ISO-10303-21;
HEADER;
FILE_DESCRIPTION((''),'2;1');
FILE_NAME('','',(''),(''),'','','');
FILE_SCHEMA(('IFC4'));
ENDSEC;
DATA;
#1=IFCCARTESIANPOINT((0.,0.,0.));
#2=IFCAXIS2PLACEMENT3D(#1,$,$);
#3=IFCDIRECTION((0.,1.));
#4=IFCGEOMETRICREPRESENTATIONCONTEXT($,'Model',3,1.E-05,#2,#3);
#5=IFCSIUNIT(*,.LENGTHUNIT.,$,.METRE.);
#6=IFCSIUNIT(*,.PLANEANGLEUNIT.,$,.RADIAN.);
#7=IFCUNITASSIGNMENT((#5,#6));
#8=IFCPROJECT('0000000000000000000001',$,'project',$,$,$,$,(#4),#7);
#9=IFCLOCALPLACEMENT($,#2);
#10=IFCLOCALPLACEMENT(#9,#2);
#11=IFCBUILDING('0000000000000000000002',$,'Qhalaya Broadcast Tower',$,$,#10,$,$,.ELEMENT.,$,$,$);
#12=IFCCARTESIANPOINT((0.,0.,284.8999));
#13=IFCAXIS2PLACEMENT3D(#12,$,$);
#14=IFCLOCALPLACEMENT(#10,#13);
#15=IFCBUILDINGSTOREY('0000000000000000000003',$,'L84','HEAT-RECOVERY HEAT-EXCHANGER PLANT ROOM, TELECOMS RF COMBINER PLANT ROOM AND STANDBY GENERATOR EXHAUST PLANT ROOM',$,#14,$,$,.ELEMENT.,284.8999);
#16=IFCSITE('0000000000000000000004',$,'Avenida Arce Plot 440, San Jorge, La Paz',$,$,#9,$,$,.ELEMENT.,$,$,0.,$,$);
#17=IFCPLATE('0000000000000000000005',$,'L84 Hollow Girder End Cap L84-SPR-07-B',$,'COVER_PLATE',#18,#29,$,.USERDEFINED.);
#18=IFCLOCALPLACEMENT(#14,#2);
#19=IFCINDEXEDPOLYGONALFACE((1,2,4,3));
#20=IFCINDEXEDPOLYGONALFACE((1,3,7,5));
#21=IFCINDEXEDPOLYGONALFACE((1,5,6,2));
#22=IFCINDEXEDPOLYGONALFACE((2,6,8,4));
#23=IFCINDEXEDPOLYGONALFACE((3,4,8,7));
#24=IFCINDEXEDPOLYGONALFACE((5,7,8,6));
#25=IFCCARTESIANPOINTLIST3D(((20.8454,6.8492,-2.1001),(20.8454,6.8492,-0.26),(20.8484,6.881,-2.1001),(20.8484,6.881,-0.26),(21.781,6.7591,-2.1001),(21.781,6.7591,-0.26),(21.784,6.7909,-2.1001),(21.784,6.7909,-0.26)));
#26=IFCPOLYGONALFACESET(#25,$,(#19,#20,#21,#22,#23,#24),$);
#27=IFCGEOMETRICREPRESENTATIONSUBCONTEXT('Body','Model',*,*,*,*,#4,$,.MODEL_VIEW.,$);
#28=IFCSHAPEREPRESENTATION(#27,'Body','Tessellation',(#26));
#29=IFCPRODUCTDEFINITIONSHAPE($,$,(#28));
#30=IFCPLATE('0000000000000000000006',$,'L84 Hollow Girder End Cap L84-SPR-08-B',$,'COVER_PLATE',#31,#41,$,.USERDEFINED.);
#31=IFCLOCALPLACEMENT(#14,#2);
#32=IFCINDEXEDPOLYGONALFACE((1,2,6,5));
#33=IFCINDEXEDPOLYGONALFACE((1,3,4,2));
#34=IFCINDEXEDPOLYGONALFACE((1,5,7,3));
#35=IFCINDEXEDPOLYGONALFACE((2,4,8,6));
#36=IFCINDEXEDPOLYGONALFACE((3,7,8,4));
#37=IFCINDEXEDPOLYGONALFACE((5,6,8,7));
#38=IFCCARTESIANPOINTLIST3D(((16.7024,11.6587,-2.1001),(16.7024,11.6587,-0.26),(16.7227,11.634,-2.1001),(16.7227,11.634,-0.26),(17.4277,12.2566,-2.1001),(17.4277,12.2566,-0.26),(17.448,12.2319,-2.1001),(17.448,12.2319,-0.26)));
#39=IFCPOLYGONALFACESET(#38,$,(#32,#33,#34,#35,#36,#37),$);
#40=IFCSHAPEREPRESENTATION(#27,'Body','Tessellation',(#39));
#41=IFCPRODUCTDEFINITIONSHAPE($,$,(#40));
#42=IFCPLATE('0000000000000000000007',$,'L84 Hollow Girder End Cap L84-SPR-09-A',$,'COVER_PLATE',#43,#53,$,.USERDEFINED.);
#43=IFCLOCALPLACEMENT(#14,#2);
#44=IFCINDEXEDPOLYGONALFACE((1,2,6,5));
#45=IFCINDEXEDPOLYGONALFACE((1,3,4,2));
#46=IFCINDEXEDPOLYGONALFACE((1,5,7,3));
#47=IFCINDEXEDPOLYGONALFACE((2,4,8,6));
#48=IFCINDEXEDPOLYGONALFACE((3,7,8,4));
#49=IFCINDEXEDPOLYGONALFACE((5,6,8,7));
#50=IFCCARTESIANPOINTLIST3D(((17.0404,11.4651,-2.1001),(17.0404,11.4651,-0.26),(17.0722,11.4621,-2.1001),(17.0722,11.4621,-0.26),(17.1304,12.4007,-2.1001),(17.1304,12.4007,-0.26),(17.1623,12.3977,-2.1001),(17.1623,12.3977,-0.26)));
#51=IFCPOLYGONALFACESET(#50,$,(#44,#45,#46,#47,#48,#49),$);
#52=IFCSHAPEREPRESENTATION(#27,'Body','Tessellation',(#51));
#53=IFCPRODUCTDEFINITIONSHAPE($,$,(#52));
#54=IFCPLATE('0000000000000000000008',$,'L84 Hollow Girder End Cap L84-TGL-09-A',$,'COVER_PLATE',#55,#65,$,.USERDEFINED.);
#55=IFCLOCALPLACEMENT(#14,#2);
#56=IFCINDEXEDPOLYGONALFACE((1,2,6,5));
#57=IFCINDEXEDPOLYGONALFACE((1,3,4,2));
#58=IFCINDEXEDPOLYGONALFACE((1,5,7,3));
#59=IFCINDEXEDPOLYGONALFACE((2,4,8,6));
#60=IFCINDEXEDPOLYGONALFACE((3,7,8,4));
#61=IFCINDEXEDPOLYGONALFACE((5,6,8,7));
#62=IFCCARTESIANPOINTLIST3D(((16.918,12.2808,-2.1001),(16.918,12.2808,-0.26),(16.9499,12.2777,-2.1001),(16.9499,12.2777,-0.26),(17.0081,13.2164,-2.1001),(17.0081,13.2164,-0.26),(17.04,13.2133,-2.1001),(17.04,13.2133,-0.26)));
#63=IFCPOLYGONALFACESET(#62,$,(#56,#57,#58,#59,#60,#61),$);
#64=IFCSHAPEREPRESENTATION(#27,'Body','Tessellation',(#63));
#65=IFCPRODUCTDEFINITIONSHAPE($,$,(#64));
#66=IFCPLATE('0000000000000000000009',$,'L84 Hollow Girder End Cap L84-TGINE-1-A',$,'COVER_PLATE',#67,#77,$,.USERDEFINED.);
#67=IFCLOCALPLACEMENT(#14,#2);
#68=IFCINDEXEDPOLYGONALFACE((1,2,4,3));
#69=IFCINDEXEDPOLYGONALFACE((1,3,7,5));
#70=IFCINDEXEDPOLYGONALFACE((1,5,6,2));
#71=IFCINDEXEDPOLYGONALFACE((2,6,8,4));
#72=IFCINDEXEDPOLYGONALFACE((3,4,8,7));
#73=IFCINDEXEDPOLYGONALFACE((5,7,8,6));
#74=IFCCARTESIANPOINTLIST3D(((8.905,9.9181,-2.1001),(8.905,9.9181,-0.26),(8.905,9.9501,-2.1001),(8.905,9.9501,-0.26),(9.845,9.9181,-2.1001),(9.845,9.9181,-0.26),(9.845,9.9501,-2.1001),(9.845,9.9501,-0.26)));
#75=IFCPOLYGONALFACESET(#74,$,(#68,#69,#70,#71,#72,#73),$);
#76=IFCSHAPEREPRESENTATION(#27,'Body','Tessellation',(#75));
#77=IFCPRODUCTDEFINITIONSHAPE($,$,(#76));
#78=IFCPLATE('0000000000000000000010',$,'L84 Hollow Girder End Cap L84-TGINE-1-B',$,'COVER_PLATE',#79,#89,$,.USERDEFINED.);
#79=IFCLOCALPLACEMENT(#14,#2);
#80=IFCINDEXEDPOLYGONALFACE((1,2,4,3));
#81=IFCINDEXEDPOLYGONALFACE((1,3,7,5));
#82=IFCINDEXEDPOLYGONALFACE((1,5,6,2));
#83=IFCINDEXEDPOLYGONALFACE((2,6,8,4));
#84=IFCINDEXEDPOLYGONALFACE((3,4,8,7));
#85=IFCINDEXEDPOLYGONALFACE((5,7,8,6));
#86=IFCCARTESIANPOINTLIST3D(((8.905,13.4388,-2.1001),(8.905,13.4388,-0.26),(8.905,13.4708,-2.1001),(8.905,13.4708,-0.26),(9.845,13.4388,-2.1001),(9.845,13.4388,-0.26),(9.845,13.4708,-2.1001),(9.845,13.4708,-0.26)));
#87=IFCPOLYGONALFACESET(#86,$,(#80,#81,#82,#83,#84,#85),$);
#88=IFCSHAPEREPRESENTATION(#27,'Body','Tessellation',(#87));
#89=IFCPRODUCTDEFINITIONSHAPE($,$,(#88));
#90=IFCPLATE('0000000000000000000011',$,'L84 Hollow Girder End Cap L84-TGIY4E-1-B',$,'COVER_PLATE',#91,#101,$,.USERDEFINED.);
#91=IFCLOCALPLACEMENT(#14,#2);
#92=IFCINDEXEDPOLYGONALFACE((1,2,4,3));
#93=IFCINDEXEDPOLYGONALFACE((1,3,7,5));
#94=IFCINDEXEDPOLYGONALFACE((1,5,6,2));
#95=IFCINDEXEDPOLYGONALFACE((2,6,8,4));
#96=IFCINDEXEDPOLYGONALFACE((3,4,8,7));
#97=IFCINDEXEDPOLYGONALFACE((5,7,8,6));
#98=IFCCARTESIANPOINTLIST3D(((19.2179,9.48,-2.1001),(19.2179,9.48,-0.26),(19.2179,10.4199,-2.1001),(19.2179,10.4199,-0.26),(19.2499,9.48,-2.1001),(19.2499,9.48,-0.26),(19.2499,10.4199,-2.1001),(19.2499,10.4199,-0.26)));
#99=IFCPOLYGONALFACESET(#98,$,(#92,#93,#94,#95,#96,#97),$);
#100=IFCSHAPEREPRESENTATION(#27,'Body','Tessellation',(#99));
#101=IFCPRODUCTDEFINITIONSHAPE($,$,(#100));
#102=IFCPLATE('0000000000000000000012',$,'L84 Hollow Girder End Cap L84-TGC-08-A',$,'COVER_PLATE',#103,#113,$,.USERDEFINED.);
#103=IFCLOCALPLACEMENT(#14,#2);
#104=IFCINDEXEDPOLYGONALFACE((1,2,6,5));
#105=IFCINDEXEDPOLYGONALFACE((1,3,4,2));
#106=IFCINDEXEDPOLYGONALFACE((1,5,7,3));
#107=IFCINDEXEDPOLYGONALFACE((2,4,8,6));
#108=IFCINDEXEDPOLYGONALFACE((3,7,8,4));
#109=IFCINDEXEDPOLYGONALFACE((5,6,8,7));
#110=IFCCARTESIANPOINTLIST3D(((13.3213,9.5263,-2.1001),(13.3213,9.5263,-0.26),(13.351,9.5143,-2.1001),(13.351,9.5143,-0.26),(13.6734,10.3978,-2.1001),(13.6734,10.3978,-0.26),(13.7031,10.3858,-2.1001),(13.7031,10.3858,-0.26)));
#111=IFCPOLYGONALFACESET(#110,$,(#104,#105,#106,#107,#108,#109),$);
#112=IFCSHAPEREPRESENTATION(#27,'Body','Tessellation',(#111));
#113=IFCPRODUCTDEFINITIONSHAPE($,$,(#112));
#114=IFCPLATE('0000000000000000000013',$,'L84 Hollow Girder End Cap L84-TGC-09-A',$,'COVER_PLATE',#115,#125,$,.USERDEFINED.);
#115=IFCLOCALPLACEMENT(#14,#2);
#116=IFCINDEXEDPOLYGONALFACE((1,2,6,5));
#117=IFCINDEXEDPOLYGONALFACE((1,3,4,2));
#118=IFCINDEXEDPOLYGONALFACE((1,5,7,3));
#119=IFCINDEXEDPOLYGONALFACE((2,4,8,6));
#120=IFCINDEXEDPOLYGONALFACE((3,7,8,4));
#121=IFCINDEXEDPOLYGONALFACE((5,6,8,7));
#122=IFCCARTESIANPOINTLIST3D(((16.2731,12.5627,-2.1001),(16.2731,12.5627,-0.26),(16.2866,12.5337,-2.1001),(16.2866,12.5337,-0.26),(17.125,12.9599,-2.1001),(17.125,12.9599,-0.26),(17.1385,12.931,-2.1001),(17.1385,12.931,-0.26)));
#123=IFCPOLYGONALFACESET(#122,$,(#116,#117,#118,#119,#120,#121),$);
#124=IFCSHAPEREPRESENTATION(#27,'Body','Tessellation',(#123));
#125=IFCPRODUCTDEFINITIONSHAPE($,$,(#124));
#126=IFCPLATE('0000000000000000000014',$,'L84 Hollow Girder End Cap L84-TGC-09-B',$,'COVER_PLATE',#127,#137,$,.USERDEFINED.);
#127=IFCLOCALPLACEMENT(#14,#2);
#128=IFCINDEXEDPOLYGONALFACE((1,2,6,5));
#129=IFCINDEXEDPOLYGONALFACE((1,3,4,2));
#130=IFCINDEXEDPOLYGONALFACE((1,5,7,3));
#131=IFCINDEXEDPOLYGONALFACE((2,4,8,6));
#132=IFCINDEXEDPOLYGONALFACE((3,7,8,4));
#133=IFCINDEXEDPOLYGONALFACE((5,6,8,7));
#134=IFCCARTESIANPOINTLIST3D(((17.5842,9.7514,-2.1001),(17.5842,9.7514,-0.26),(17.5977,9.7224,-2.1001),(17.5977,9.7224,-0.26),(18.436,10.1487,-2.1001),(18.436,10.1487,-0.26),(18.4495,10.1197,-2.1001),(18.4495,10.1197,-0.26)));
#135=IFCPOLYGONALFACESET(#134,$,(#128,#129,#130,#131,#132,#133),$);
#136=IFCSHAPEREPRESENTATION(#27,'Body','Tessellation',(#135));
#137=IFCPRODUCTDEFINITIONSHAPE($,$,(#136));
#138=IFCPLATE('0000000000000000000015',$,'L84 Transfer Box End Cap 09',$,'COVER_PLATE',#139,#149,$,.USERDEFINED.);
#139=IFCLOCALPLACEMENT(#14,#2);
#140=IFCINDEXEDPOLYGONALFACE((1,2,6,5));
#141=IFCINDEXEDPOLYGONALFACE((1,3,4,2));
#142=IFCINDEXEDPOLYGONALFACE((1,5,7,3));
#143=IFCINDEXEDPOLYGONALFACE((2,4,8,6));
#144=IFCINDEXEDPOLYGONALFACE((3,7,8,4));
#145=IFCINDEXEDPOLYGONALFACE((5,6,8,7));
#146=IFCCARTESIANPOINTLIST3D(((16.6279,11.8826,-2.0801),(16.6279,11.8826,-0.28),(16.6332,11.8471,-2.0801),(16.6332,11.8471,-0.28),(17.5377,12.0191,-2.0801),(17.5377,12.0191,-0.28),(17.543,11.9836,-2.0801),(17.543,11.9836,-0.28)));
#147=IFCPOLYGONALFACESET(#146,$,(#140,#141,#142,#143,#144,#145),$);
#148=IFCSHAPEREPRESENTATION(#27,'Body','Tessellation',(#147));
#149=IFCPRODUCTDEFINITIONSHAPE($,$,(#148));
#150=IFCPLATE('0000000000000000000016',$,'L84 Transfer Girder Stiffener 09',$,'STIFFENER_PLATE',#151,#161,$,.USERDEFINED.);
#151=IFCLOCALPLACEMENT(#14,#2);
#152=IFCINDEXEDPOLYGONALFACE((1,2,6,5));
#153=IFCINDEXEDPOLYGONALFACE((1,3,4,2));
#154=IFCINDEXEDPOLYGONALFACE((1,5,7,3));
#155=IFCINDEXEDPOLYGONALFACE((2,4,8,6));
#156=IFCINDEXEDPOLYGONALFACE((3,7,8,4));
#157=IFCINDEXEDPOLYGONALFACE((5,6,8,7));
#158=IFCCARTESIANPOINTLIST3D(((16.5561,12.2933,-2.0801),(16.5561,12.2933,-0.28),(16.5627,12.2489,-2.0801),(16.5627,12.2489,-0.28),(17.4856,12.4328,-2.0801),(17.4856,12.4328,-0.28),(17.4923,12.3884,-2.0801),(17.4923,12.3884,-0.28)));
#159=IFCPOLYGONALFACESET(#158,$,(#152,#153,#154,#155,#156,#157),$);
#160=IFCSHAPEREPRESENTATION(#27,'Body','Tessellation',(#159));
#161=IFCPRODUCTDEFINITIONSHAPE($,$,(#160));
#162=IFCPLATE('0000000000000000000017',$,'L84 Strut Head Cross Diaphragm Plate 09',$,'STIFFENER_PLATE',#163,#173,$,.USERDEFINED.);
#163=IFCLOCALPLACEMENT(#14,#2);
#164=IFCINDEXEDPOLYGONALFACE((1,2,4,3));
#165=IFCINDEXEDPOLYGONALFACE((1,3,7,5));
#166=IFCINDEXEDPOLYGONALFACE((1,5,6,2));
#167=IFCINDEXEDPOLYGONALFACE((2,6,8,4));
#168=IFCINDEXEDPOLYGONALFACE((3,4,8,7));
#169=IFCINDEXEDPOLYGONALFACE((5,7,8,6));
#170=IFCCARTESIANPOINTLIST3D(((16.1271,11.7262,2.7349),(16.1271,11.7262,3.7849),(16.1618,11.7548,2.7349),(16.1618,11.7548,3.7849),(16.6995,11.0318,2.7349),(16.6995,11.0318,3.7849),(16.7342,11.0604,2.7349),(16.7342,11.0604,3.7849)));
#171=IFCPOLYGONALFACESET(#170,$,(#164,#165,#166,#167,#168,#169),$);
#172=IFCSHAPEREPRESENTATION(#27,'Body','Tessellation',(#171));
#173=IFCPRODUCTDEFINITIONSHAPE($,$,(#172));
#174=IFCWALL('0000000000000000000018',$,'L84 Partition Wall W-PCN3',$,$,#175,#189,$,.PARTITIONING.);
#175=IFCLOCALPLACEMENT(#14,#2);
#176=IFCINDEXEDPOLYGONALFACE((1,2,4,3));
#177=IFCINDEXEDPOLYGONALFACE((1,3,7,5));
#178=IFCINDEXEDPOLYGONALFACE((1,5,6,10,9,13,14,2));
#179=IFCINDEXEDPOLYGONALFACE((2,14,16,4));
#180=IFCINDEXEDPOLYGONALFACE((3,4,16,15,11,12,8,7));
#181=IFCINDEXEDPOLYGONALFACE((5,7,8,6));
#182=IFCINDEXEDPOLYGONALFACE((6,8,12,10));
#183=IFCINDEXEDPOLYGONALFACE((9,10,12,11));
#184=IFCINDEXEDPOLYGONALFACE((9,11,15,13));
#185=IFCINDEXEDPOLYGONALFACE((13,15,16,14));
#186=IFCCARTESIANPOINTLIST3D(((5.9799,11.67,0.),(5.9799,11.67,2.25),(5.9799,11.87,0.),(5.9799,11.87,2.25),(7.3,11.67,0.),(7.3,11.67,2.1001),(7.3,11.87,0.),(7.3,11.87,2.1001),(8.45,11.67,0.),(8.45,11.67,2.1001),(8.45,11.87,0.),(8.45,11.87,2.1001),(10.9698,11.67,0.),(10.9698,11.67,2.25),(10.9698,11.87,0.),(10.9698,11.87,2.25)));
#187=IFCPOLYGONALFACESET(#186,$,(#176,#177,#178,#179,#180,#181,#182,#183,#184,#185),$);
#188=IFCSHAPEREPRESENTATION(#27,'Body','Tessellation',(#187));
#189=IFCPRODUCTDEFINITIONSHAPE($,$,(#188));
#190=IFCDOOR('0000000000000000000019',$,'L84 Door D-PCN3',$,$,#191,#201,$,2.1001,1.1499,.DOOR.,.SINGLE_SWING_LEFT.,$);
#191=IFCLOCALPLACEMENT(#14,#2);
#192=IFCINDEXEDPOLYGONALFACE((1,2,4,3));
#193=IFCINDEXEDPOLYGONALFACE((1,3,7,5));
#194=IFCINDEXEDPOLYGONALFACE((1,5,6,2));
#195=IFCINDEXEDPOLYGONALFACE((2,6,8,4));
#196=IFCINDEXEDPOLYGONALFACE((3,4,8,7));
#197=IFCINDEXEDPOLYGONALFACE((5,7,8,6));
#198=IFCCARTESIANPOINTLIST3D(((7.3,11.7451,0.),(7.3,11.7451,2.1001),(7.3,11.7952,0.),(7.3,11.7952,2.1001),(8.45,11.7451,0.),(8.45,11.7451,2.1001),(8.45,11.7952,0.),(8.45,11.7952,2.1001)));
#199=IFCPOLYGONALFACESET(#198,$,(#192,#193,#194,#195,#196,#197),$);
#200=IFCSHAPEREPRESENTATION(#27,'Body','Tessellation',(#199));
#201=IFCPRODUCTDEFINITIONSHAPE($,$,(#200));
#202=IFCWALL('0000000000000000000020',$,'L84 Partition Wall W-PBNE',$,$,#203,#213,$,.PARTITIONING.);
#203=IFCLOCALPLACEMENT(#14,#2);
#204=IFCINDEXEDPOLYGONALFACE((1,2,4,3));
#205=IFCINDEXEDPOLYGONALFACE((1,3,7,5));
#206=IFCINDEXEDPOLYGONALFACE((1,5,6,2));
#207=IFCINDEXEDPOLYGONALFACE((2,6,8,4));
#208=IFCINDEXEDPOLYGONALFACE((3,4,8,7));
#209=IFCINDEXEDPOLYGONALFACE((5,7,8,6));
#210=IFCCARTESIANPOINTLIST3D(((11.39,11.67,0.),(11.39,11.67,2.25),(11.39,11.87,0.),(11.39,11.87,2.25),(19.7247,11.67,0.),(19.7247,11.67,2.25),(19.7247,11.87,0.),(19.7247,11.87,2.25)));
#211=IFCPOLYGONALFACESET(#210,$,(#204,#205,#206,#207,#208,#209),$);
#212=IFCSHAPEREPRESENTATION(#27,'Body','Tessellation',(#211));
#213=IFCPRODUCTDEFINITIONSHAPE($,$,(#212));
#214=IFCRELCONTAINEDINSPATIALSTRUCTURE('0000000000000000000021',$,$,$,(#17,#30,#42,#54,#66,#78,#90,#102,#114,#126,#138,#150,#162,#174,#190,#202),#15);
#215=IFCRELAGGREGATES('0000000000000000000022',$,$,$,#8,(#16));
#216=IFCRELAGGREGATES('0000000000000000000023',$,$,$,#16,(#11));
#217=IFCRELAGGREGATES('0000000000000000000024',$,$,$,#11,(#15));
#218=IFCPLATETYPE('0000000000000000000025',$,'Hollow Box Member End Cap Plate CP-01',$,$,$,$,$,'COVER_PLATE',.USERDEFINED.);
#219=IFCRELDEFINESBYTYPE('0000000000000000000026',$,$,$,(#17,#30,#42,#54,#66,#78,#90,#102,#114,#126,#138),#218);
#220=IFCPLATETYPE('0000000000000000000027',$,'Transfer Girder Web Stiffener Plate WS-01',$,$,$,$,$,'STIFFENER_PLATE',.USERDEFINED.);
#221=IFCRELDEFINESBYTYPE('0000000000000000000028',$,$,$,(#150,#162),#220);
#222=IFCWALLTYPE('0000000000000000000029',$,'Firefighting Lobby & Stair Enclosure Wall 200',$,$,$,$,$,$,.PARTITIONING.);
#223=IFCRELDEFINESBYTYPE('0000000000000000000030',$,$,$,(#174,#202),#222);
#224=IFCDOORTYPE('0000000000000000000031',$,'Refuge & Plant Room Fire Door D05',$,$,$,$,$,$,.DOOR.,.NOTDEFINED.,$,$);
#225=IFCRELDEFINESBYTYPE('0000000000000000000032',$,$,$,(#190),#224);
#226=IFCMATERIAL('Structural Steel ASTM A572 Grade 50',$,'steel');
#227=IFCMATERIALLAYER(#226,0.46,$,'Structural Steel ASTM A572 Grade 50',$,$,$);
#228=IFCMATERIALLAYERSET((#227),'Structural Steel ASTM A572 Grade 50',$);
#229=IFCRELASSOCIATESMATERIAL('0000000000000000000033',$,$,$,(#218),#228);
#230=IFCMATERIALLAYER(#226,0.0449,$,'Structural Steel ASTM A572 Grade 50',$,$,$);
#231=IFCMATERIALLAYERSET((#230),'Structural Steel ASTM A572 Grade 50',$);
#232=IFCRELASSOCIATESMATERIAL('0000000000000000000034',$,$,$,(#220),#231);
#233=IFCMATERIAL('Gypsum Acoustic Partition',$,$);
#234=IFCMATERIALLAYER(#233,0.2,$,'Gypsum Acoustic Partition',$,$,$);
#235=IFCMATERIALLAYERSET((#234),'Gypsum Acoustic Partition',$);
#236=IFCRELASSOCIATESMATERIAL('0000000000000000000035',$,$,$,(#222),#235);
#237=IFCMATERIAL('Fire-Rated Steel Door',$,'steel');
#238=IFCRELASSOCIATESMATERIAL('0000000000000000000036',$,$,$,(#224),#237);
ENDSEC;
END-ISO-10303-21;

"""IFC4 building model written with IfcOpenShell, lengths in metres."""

from ifc_helpers import new_model, si_unit, direction, frame, frame_2d, origin, origin_2d, place, context, subcontext, project, spatial, rectangle, extrude, material, layer, layer_set, type_object, element, fill, save


model = new_model("IFC4")

# Units and contexts
model_context = context("Model", 3, precision=1e-05, world=origin(), true_north=direction((0.0, 1.0)))
body_context = subcontext(model_context, "Body", "Model", "MODEL_VIEW")
ifc_project = project(units=[si_unit("LENGTHUNIT", "METRE"), si_unit("PLANEANGLEUNIT", "RADIAN")], contexts=[model_context])

# Site, building, storey
site_placement = place(None, origin())
site = spatial("IfcSite", under=ifc_project, at=site_placement, Name="Avenida Arce Plot 440, San Jorge, La Paz", CompositionType="ELEMENT", RefElevation=0.0)
building_placement = place(site_placement, origin())
building = spatial("IfcBuilding", under=site, at=building_placement, Name="Qhalaya Broadcast Tower", CompositionType="ELEMENT")
storey_placement = place(building_placement, frame((0.0, 0.0, 284.8999)))
storey = spatial("IfcBuildingStorey", under=building, at=storey_placement, Name="L84", Description="HEAT-RECOVERY HEAT-EXCHANGER PLANT ROOM, TELECOMS RF COMBINER PLANT ROOM AND STANDBY GENERATOR EXHAUST PLANT ROOM", CompositionType="ELEMENT", Elevation=284.8999)

# Shared definitions
ifc_material_1 = material(Name="Structural Steel ASTM A572 Grade 50", Category="steel")

# Plates
ifc_layer_1 = layer(ifc_material_1, 0.46, Name="Structural Steel ASTM A572 Grade 50")
ifc_layer_set_1 = layer_set([ifc_layer_1], Name="Structural Steel ASTM A572 Grade 50")
plate_type_1 = type_object("IfcPlateType", Name="Hollow Box Member End Cap Plate CP-01", ElementType="COVER_PLATE", PredefinedType="USERDEFINED", material=ifc_layer_set_1)
for number, where, z_axis, x_axis, name in (
    (1, (21.3147, 6.8201, -2.1001), (0.0, 0.0, 1.0), (-0.995396, 0.095846, 0.0), "L84 Hollow Girder End Cap L84-SPR-07-B"),
    (2, (17.0752, 11.9453, -2.1001), (0.0, 0.0, 1.0), (-0.771625, -0.636078, 0.0), "L84 Hollow Girder End Cap L84-SPR-08-B"),
    (3, (17.1013, 11.9314, -2.1001), (0.0, 0.0, 1.0), (-0.095846, -0.995396, 0.0), "L84 Hollow Girder End Cap L84-SPR-09-A"),
    (4, (16.979, 12.7471, -2.1001), (0.0, 0.0, 1.0), (-0.095828, -0.995398, 0.0), "L84 Hollow Girder End Cap L84-TGL-09-A"),
    (5, (9.375, 9.9341, -2.1001), (0.0, 0.0, 1.0), (-1.0, 0.0, 0.0), "L84 Hollow Girder End Cap L84-TGINE-1-A"),
    (6, (9.375, 13.4548, -2.1001), (0.0, 0.0, 1.0), (-1.0, 0.0, 0.0), "L84 Hollow Girder End Cap L84-TGINE-1-B"),
    (7, (19.2339, 9.95, -2.1001), (0.0, 0.0, 1.0), (0.0, 1.0, 0.0), "L84 Hollow Girder End Cap L84-TGIY4E-1-B"),
    (8, (13.5122, 9.9561, -2.1001), (0.0, 0.0, 1.0), (0.374607, 0.927184, 0.0), "L84 Hollow Girder End Cap L84-TGC-08-A"),
    (9, (16.7058, 12.7468, -2.1001), (0.0, 0.0, 1.0), (0.9063, 0.422634, 0.0), "L84 Hollow Girder End Cap L84-TGC-09-A"),
    (10, (18.0168, 9.9355, -2.1001), (0.0, 0.0, 1.0), (0.9063, 0.422634, 0.0), "L84 Hollow Girder End Cap L84-TGC-09-B"),
):
    element("IfcPlate", number, at=place(storey_placement, frame(where, z_axis=z_axis, x_axis=x_axis)), inside=storey, type_object=plate_type_1, Name=name, ObjectType="COVER_PLATE", PredefinedType="USERDEFINED", context=body_context, shape_type="SweptSolid", body=[
        extrude(rectangle(XDim=0.9399, YDim=0.032, at=origin_2d()), origin(), (0.0, 0.0, 1.0), 1.8401),
    ])
plate_1_placement = place(storey_placement, frame((17.0854, 11.9331, -2.0801), z_axis=(0.0, 0.0, 1.0), x_axis=(0.988923, 0.148431, 0.0)))
element("IfcPlate", 11, at=plate_1_placement, inside=storey, type_object=plate_type_1, Name="L84 Transfer Box End Cap 09", ObjectType="COVER_PLATE", PredefinedType="USERDEFINED", context=body_context, shape_type="SweptSolid", body=[
    extrude(rectangle(XDim=0.9199, YDim=0.0359, at=origin_2d()), origin(), (0.0, 0.0, 1.0), 1.8),
])
ifc_layer_2 = layer(ifc_material_1, 0.0449, Name="Structural Steel ASTM A572 Grade 50")
ifc_layer_set_2 = layer_set([ifc_layer_2], Name="Structural Steel ASTM A572 Grade 50")
plate_type_2 = type_object("IfcPlateType", Name="Transfer Girder Web Stiffener Plate WS-01", ElementType="STIFFENER_PLATE", PredefinedType="USERDEFINED", material=ifc_layer_set_2)
plate_2_placement = place(storey_placement, frame((17.0242, 12.3408, -2.0801), z_axis=(0.0, 0.0, 1.0), x_axis=(0.988923, 0.148431, 0.0)))
element("IfcPlate", 12, at=plate_2_placement, inside=storey, type_object=plate_type_2, Name="L84 Transfer Girder Stiffener 09", ObjectType="STIFFENER_PLATE", PredefinedType="USERDEFINED", context=body_context, shape_type="SweptSolid", body=[
    extrude(rectangle(XDim=0.9399, YDim=0.0449, at=origin_2d()), origin(), (0.0, 0.0, 1.0), 1.8),
])
plate_3_placement = place(storey_placement, frame((16.4307, 11.3933, 2.7349), z_axis=(0.0, 0.0, 1.0), x_axis=(0.636092, -0.771613, 0.0)))
element("IfcPlate", 13, at=plate_3_placement, inside=storey, type_object=plate_type_2, Name="L84 Strut Head Cross Diaphragm Plate 09", ObjectType="STIFFENER_PLATE", PredefinedType="USERDEFINED", context=body_context, shape_type="SweptSolid", body=[
    extrude(rectangle(XDim=0.8999, YDim=0.0449, at=origin_2d()), origin(), (0.0, 0.0, 1.0), 1.05),
])

# Wall, opening, door
ifc_material_2 = material(Name="Gypsum Acoustic Partition")
ifc_layer_3 = layer(ifc_material_2, 0.2, Name="Gypsum Acoustic Partition")
ifc_layer_set_3 = layer_set([ifc_layer_3], Name="Gypsum Acoustic Partition")
wall_type = type_object("IfcWallType", Name="Firefighting Lobby & Stair Enclosure Wall 200", PredefinedType="PARTITIONING", material=ifc_layer_set_3)
wall_1_placement = place(storey_placement, frame((10.97, 11.77, 0.0), z_axis=(0.0, 0.0, 1.0), x_axis=(-1.0, 0.0, 0.0)))
wall_1 = element("IfcWall", 14, at=wall_1_placement, inside=storey, type_object=wall_type, Name="L84 Partition Wall W-PCN3", PredefinedType="PARTITIONING", context=body_context, shape_type="SweptSolid", body=[
    extrude(rectangle(XDim=4.99, YDim=0.2, at=frame_2d((2.4951, 0.0))), origin(), (0.0, 0.0, 1.0), 2.25),
])
opening_placement = place(wall_1_placement, frame((2.52, 0.0, 0.0)))
opening = element("IfcOpeningElement", 15, at=opening_placement, cuts=wall_1, PredefinedType="OPENING", context=body_context, shape_type="SweptSolid", body=[
    extrude(rectangle(XDim=1.1499, YDim=2.1001, at=frame_2d((0.575, 1.05))), frame((0.0, 0.1121, 0.0), z_axis=(0.0, -1.0, 0.0), x_axis=(1.0, 0.0, 0.0)), (0.0, 0.0, 1.0), 0.2239),
])
ifc_material_3 = material(Name="Fire-Rated Steel Door", Category="steel")
door_type = type_object("IfcDoorType", Name="Refuge & Plant Room Fire Door D05", OperationType="NOTDEFINED", PredefinedType="DOOR", material=ifc_material_3)
door_placement = place(opening_placement, origin())
door = element("IfcDoor", 16, at=door_placement, inside=storey, type_object=door_type, Name="L84 Door D-PCN3", OperationType="SINGLE_SWING_LEFT", OverallHeight=2.1001, OverallWidth=1.1499, PredefinedType="DOOR", context=body_context, shape_type="SweptSolid", body=[
    extrude(rectangle(XDim=1.1499, YDim=2.1001, at=frame_2d((0.575, 1.05))), frame((0.0, 0.0249, 0.0), z_axis=(0.0, -1.0, 0.0), x_axis=(1.0, 0.0, 0.0)), (0.0, 0.0, 1.0), 0.05),
])
fill(opening, door)

# Wall
wall_2_placement = place(storey_placement, frame((11.3899, 11.77, 0.0), z_axis=(0.0, 0.0, 1.0), x_axis=(1.0, 0.0, 0.0)))
element("IfcWall", 17, at=wall_2_placement, inside=storey, type_object=wall_type, Name="L84 Partition Wall W-PBNE", PredefinedType="PARTITIONING", context=body_context, shape_type="SweptSolid", body=[
    extrude(rectangle(XDim=8.3347, YDim=0.2, at=frame_2d((4.1675, 0.0))), origin(), (0.0, 0.0, 1.0), 2.25),
])

save(model, "model.ifc")
